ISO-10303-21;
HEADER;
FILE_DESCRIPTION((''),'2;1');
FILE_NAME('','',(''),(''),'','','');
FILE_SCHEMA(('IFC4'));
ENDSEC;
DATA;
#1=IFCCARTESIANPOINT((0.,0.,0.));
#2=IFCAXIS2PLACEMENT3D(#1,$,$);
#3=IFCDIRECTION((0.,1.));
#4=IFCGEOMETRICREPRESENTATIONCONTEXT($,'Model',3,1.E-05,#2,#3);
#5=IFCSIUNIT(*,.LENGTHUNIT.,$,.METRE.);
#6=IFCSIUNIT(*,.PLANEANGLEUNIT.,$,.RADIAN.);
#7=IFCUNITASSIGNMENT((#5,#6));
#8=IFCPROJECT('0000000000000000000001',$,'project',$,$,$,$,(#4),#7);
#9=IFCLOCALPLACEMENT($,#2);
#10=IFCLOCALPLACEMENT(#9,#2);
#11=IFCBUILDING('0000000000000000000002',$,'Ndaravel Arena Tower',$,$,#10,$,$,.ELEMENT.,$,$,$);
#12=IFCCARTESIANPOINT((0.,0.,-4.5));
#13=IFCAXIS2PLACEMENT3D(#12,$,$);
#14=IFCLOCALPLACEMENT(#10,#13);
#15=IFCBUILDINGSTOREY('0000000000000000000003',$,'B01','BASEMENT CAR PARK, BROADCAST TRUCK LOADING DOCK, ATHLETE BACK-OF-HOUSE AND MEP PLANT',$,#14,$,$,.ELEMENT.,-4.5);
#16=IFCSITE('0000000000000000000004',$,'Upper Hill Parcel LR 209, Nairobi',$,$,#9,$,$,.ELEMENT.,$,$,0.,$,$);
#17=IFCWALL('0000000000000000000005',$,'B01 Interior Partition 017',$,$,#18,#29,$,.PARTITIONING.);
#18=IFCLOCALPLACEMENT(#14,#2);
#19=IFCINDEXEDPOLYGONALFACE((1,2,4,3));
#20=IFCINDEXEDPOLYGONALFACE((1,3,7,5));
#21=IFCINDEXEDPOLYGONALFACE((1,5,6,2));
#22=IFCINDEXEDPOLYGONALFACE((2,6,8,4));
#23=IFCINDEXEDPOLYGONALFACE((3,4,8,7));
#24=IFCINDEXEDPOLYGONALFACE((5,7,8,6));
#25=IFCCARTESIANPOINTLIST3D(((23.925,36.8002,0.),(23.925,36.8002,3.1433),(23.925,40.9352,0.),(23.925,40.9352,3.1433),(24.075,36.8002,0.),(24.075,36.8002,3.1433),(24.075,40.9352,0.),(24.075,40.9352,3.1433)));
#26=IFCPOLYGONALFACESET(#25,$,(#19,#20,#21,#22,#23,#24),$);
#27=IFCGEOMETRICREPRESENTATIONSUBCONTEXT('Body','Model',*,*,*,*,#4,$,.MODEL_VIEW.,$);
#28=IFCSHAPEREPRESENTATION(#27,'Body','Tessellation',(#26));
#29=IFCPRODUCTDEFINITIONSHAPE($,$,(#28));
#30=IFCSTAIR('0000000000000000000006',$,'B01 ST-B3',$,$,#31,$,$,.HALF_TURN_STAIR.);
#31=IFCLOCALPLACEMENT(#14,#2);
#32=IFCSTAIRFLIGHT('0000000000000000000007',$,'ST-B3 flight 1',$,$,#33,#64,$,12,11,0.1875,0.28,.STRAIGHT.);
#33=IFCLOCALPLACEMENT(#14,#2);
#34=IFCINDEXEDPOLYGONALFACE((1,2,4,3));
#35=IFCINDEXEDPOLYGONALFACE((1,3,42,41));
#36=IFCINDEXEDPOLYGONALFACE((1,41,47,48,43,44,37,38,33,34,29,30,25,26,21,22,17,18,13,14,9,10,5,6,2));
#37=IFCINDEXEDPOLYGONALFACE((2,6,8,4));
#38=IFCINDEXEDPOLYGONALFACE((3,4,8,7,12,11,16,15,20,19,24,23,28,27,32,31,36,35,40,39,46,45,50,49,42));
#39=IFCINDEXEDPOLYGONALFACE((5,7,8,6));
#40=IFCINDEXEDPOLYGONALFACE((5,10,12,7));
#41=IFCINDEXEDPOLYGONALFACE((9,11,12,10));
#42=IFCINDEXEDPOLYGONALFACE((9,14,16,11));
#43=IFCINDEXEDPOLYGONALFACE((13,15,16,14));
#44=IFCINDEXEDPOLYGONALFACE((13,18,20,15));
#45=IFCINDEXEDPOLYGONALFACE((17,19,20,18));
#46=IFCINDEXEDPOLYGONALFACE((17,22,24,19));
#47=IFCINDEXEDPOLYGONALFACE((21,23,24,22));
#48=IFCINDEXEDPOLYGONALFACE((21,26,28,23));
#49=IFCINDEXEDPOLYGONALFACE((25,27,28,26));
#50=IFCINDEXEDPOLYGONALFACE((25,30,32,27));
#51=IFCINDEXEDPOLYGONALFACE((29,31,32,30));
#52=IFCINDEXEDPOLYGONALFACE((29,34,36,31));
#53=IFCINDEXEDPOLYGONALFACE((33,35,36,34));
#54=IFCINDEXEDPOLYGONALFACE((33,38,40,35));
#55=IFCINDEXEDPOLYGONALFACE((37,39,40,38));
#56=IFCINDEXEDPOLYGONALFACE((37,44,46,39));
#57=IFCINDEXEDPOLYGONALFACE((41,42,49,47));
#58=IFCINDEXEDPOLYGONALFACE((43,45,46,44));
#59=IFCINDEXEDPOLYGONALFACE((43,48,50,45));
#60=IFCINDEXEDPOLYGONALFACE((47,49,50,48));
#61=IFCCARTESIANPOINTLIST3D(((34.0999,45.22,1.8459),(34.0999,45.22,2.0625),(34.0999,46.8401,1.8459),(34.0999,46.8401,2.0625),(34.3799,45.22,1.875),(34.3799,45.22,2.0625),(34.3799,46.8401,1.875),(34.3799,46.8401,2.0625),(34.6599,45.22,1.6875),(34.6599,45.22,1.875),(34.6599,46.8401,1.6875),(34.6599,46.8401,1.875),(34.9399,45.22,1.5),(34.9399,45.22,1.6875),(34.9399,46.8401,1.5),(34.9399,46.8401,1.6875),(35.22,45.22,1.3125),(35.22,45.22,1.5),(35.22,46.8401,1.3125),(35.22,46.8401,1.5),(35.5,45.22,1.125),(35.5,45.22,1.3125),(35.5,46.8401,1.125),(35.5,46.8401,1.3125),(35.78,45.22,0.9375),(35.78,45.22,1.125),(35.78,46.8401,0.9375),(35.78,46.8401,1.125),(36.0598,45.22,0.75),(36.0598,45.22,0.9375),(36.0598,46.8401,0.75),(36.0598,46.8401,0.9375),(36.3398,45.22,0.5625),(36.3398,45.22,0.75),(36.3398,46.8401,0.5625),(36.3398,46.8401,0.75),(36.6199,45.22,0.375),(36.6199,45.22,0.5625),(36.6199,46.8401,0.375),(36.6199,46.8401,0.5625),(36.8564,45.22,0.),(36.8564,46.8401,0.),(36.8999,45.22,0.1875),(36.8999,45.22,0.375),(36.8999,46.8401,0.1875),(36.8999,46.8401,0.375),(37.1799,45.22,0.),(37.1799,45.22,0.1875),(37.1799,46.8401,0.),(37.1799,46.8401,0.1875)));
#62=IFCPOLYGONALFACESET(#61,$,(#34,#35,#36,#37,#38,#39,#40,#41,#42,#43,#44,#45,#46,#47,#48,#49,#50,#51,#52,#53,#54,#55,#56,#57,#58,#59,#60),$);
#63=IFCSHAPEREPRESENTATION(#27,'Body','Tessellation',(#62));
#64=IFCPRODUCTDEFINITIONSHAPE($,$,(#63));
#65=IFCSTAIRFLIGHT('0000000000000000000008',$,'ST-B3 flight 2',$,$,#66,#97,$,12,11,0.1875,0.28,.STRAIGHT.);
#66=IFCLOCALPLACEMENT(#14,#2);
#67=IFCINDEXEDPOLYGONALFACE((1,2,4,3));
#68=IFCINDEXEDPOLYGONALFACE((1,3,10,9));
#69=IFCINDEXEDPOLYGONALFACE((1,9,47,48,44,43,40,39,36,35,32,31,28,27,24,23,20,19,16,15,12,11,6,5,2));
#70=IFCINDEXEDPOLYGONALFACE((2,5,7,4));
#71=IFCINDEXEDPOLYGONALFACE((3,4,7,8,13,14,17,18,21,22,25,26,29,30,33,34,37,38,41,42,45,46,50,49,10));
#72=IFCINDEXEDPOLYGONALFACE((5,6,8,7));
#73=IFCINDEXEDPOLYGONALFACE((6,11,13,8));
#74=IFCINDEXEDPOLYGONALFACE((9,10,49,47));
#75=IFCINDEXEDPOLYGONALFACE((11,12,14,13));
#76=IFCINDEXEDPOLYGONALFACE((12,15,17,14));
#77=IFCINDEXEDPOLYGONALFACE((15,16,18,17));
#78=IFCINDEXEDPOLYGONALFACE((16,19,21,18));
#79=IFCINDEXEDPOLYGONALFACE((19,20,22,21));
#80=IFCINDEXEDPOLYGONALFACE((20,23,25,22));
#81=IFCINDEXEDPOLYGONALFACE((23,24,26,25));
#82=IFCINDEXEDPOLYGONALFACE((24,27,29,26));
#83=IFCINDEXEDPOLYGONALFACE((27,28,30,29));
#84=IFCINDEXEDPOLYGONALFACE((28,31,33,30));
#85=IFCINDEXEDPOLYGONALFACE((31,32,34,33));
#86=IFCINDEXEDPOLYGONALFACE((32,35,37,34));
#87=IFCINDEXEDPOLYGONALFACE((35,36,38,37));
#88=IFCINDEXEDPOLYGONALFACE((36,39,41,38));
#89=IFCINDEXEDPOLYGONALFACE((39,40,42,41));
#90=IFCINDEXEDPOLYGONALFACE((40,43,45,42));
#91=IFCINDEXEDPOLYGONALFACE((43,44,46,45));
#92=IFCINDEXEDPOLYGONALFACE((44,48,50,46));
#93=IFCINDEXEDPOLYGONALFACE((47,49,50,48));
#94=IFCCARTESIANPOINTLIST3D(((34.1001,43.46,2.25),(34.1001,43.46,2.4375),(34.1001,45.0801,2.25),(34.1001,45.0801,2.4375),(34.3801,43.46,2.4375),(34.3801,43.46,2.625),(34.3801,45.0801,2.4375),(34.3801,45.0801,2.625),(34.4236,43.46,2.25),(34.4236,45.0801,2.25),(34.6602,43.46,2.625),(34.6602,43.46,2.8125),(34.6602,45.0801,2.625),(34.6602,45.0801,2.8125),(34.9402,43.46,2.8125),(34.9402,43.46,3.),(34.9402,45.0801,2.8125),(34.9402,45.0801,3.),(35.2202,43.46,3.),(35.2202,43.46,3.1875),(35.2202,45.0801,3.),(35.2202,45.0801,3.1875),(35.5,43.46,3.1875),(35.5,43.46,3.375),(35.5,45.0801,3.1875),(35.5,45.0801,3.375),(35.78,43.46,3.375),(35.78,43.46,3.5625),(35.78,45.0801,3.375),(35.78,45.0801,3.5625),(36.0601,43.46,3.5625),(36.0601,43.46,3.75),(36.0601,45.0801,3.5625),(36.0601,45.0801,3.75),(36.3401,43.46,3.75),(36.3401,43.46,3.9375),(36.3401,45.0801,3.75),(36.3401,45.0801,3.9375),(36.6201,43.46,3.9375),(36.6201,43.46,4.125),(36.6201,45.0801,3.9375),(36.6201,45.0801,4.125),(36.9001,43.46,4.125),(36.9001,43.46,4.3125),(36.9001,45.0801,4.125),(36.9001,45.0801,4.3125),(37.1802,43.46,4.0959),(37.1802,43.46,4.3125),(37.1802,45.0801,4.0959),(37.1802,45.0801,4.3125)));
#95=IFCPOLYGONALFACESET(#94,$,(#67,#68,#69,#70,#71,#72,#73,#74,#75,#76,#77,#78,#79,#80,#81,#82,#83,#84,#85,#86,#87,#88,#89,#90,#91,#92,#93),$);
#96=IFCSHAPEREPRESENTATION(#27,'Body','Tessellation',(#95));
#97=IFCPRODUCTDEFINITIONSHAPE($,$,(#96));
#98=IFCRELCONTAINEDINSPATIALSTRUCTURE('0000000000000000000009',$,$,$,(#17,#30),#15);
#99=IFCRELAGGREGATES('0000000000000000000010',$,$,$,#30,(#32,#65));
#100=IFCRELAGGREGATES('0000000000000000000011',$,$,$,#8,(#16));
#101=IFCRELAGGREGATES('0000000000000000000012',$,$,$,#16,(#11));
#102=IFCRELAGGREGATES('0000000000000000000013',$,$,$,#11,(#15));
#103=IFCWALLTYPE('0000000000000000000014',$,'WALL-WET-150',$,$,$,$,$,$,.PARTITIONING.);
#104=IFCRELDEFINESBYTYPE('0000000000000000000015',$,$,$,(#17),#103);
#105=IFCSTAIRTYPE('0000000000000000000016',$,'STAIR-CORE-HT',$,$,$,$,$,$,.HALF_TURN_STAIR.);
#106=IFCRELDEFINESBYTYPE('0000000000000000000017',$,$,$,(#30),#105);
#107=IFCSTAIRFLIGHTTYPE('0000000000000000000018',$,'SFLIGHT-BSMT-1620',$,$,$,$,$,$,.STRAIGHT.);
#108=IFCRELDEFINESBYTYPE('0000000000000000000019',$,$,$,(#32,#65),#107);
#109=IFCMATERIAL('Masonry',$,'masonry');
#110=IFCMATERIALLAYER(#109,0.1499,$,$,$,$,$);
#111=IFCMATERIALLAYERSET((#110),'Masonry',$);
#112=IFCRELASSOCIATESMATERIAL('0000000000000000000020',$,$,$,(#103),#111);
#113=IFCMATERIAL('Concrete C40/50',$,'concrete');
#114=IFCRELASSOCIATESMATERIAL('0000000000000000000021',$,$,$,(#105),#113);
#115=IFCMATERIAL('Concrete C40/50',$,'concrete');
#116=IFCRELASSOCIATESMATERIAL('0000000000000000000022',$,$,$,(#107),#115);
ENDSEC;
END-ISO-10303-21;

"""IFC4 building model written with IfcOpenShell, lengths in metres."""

from ifc_helpers import new_model, si_unit, direction, frame, frame_2d, origin, place, context, subcontext, project, spatial, polyline, rectangle, outline, extrude, material, layer, layer_set, type_object, element, aggregate, save


model = new_model("IFC4")

# Units and contexts
model_context = context("Model", 3, precision=1e-05, world=origin(), true_north=direction((0.0, 1.0)))
body_context = subcontext(model_context, "Body", "Model", "MODEL_VIEW")
ifc_project = project(units=[si_unit("LENGTHUNIT", "METRE"), si_unit("PLANEANGLEUNIT", "RADIAN")], contexts=[model_context])

# Site, building, storey
site_placement = place(None, origin())
site = spatial("IfcSite", under=ifc_project, at=site_placement, Name="Upper Hill Parcel LR 209, Nairobi", CompositionType="ELEMENT", RefElevation=0.0)
building_placement = place(site_placement, origin())
building = spatial("IfcBuilding", under=site, at=building_placement, Name="Ndaravel Arena Tower", CompositionType="ELEMENT")
storey_placement = place(building_placement, frame((0.0, 0.0, -4.5)))
storey = spatial("IfcBuildingStorey", under=building, at=storey_placement, Name="B01", Description="BASEMENT CAR PARK, BROADCAST TRUCK LOADING DOCK, ATHLETE BACK-OF-HOUSE AND MEP PLANT", CompositionType="ELEMENT", Elevation=-4.5)

# Wall
ifc_material_1 = material(Name="Masonry", Category="masonry")
ifc_layer_1 = layer(ifc_material_1, 0.1499)
ifc_layer_set_1 = layer_set([ifc_layer_1], Name="Masonry")
wall_type_1 = type_object("IfcWallType", Name="WALL-WET-150", PredefinedType="PARTITIONING", material=ifc_layer_set_1)
wall_1_placement = place(storey_placement, frame((24.0, 40.9351, 0.0), z_axis=(0.0, 0.0, 1.0), x_axis=(0.0, -1.0, 0.0)))
element("IfcWall", 1, at=wall_1_placement, inside=storey, type_object=wall_type_1, Name="B01 Interior Partition 017", PredefinedType="PARTITIONING", context=body_context, shape_type="SweptSolid", body=[
    extrude(rectangle(XDim=4.135, YDim=0.1499, at=frame_2d((2.0674, 0.0))), origin(), (0.0, 0.0, 1.0), 3.1433),
])

# Stair, stair flights
ifc_material_2 = material(Name="Concrete C40/50", Category="concrete")
stair_type = type_object("IfcStairType", Name="STAIR-CORE-HT", PredefinedType="HALF_TURN_STAIR", material=ifc_material_2)
stair_placement = place(storey_placement, origin())
stair = element("IfcStair", 2, at=stair_placement, inside=storey, type_object=stair_type, Name="B01 ST-B3", PredefinedType="HALF_TURN_STAIR")
ifc_material_3 = material(Name="Concrete C40/50", Category="concrete")
stair_flight_type = type_object("IfcStairFlightType", Name="SFLIGHT-BSMT-1620", PredefinedType="STRAIGHT", material=ifc_material_3)
stair_flight_1_placement = place(storey_placement, frame((37.1799, 46.03, 0.0), z_axis=(0.0, 0.0, 1.0), x_axis=(-1.0, 0.0, 0.0)))
stair_flight_1 = element("IfcStairFlight", 3, at=stair_flight_1_placement, type_object=stair_flight_type, Name="ST-B3 flight 1", NumberOfRisers=12, NumberOfTreads=11, PredefinedType="STRAIGHT", RiserHeight=0.1875, TreadLength=0.28, context=body_context, shape_type="SweptSolid", body=[
    extrude(outline(polyline([(0.0, 0.0), (0.0, 0.1875), (0.28, 0.1875), (0.28, 0.375), (0.5601, 0.375), (0.5601, 0.5625), (0.8401, 0.5625), (0.8401, 0.75), (1.1201, 0.75), (1.1201, 0.9375), (1.3999, 0.9375), (1.3999, 1.125), (1.6799, 1.125), (1.6799, 1.3125), (1.96, 1.3125), (1.96, 1.5), (2.24, 1.5), (2.24, 1.6875), (2.52, 1.6875), (2.52, 1.875), (2.8, 1.875), (2.8, 2.0625), (3.0801, 2.0625), (3.0801, 2.25), (3.0801, 1.8459), (0.3235, 0.0), (0.0, 0.0)])), frame((0.0, 0.8101, 0.0), z_axis=(0.0, -1.0, 0.0), x_axis=(1.0, 0.0, 0.0)), (0.0, 0.0, 1.0), 1.6201),
])
stair_flight_2_placement = place(storey_placement, frame((34.1001, 44.27, 2.25), z_axis=(0.0, 0.0, 1.0), x_axis=(1.0, 0.0, 0.0)))
stair_flight_2 = element("IfcStairFlight", 4, at=stair_flight_2_placement, type_object=stair_flight_type, Name="ST-B3 flight 2", NumberOfRisers=12, NumberOfTreads=11, PredefinedType="STRAIGHT", RiserHeight=0.1875, TreadLength=0.28, context=body_context, shape_type="SweptSolid", body=[
    extrude(outline(polyline([(0.0, 0.0), (0.0, 0.1875), (0.28, 0.1875), (0.28, 0.375), (0.5601, 0.375), (0.5601, 0.5625), (0.8401, 0.5625), (0.8401, 0.75), (1.1201, 0.75), (1.1201, 0.9375), (1.3999, 0.9375), (1.3999, 1.125), (1.6799, 1.125), (1.6799, 1.3125), (1.96, 1.3125), (1.96, 1.5), (2.24, 1.5), (2.24, 1.6875), (2.52, 1.6875), (2.52, 1.875), (2.8, 1.875), (2.8, 2.0625), (3.0801, 2.0625), (3.0801, 2.25), (3.0801, 1.8459), (0.3235, 0.0), (0.0, 0.0)])), frame((0.0, 0.8101, 0.0), z_axis=(0.0, -1.0, 0.0), x_axis=(1.0, 0.0, 0.0)), (0.0, 0.0, 1.0), 1.6201),
])
aggregate(stair, [stair_flight_1, stair_flight_2])

save(model, "model.ifc")
